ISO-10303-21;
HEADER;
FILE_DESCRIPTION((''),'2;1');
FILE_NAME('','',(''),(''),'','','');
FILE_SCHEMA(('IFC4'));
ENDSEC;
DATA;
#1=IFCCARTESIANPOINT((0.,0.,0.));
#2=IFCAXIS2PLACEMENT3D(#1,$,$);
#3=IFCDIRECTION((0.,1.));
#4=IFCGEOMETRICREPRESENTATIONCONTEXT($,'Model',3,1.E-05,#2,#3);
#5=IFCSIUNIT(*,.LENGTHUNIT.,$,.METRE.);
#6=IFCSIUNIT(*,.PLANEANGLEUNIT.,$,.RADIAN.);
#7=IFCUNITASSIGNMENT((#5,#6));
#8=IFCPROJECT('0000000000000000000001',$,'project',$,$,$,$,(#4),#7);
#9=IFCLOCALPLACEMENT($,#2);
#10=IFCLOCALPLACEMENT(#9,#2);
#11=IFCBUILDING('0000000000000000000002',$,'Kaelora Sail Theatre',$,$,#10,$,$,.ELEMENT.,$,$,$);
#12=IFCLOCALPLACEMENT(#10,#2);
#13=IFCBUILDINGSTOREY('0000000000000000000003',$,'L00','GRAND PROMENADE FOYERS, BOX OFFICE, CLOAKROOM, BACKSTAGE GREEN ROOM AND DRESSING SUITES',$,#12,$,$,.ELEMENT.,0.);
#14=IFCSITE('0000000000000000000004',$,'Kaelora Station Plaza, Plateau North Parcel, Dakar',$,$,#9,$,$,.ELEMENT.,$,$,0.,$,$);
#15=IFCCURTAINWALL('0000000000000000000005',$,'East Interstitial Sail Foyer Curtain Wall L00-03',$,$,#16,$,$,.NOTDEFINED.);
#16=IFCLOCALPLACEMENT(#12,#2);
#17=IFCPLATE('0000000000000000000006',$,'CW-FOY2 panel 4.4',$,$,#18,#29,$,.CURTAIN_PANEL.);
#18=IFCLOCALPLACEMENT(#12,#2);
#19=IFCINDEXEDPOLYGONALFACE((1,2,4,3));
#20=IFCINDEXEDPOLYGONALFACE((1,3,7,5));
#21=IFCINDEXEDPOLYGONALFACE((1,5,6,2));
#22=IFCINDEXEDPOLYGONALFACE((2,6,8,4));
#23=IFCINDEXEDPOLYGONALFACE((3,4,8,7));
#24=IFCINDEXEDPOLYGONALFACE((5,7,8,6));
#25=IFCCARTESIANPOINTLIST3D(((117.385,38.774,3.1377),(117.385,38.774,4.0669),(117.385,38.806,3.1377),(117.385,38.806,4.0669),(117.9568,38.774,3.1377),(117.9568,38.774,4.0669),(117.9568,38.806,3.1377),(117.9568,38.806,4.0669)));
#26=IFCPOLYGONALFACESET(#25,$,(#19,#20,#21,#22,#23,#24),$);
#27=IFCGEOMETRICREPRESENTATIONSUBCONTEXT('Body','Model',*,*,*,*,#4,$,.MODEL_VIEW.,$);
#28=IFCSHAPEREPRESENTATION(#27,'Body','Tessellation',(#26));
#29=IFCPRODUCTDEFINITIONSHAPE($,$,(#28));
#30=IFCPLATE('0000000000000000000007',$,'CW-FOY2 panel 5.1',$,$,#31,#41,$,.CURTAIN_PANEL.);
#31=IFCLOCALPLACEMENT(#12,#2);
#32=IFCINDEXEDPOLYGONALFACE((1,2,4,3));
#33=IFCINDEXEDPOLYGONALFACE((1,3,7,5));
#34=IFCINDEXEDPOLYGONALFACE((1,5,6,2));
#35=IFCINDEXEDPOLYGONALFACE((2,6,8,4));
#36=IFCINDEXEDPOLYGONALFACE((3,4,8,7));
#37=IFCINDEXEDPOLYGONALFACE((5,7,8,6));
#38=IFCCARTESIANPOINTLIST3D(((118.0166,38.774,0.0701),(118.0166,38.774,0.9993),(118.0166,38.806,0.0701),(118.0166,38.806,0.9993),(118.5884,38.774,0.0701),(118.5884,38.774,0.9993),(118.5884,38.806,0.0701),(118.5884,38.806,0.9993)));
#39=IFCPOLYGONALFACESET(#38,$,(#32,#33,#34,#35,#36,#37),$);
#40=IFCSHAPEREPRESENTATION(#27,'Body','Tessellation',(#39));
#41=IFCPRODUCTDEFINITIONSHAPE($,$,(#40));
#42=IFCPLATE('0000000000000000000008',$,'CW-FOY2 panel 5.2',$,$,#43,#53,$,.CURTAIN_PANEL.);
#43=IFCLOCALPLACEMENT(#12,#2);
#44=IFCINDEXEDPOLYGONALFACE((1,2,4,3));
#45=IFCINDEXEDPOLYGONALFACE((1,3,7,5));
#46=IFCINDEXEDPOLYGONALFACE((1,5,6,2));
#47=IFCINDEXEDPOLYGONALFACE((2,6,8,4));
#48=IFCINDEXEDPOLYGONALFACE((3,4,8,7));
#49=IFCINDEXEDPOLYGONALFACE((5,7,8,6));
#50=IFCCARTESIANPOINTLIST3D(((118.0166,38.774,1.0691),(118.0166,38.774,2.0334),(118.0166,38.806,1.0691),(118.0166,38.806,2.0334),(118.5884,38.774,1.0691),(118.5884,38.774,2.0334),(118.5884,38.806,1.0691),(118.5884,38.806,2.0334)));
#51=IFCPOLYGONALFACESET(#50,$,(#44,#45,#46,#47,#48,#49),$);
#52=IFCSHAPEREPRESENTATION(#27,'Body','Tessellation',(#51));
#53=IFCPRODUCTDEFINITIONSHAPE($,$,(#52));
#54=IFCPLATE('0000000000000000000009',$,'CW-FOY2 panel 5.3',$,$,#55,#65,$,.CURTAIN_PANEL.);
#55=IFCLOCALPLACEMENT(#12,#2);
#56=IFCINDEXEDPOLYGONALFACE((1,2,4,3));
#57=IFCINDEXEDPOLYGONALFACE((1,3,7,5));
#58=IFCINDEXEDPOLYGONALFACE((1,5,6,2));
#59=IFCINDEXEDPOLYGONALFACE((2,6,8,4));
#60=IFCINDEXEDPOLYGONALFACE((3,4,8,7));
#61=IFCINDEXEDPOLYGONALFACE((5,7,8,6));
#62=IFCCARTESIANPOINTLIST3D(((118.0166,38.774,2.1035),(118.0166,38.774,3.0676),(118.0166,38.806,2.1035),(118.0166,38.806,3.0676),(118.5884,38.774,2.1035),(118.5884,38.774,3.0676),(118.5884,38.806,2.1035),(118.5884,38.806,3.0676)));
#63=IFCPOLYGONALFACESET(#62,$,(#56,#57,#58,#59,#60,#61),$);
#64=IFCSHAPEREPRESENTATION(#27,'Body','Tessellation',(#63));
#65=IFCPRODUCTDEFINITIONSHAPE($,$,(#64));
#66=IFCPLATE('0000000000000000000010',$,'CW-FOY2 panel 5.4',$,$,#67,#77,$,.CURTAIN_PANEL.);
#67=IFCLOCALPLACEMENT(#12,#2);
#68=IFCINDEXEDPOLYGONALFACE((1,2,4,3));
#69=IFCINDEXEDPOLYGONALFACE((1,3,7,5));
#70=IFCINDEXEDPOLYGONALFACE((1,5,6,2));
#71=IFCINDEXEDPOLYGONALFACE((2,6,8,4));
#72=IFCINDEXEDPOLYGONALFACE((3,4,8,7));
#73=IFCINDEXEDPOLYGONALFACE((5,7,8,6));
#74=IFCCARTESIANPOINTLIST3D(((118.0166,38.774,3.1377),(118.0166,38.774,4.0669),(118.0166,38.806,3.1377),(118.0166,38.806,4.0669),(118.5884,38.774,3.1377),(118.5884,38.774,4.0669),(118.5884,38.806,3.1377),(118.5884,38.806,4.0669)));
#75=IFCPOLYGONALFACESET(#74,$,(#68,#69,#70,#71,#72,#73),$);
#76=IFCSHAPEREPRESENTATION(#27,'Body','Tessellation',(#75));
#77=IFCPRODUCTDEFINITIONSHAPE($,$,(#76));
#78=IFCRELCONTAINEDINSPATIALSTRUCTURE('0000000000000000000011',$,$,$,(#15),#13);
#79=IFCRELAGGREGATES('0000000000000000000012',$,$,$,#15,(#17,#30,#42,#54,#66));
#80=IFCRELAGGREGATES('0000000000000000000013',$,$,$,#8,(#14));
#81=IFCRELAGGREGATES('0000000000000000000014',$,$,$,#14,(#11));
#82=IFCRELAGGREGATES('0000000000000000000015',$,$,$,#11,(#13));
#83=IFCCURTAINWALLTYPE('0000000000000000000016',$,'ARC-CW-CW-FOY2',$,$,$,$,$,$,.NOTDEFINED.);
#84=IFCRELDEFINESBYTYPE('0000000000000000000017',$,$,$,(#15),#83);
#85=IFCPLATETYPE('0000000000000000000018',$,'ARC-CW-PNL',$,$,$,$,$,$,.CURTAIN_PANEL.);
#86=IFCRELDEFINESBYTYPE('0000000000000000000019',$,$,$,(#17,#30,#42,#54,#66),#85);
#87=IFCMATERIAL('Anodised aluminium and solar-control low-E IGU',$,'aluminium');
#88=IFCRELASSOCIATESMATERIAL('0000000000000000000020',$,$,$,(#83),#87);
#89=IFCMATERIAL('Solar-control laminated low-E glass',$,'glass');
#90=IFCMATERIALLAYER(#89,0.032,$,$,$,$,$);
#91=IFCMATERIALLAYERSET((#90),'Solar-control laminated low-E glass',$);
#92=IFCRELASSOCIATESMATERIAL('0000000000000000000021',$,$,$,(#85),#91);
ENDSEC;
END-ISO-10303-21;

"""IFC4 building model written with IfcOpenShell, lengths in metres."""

from ifc_helpers import new_model, si_unit, direction, frame, origin, origin_2d, place, context, subcontext, project, spatial, rectangle, extrude, material, layer, layer_set, type_object, element, aggregate, save


model = new_model("IFC4")

# Units and contexts
model_context = context("Model", 3, precision=1e-05, world=origin(), true_north=direction((0.0, 1.0)))
body_context = subcontext(model_context, "Body", "Model", "MODEL_VIEW")
ifc_project = project(units=[si_unit("LENGTHUNIT", "METRE"), si_unit("PLANEANGLEUNIT", "RADIAN")], contexts=[model_context])

# Site, building, storey
site_placement = place(None, origin())
site = spatial("IfcSite", under=ifc_project, at=site_placement, Name="Kaelora Station Plaza, Plateau North Parcel, Dakar", CompositionType="ELEMENT", RefElevation=0.0)
building_placement = place(site_placement, origin())
building = spatial("IfcBuilding", under=site, at=building_placement, Name="Kaelora Sail Theatre", CompositionType="ELEMENT")
storey_placement = place(building_placement, origin())
storey = spatial("IfcBuildingStorey", under=building, at=storey_placement, Name="L00", Description="GRAND PROMENADE FOYERS, BOX OFFICE, CLOAKROOM, BACKSTAGE GREEN ROOM AND DRESSING SUITES", CompositionType="ELEMENT", Elevation=0.0)

# Curtain wall, plates
ifc_material_1 = material(Name="Anodised aluminium and solar-control low-E IGU", Category="aluminium")
curtain_wall_type = type_object("IfcCurtainWallType", Name="ARC-CW-CW-FOY2", PredefinedType="NOTDEFINED", material=ifc_material_1)
curtain_wall_placement = place(storey_placement, origin())
curtain_wall = element("IfcCurtainWall", 1, at=curtain_wall_placement, inside=storey, type_object=curtain_wall_type, Name="East Interstitial Sail Foyer Curtain Wall L00-03", PredefinedType="NOTDEFINED")
ifc_material_2 = material(Name="Solar-control laminated low-E glass", Category="glass")
ifc_layer = layer(ifc_material_2, 0.032)
ifc_layer_set = layer_set([ifc_layer], Name="Solar-control laminated low-E glass")
plate_type = type_object("IfcPlateType", Name="ARC-CW-PNL", PredefinedType="CURTAIN_PANEL", material=ifc_layer_set)
plate_1_placement = place(storey_placement, frame((117.6709, 38.79, 3.1377), z_axis=(0.0, 0.0, 1.0), x_axis=(1.0, 0.0, 0.0)))
plate_1 = element("IfcPlate", 2, at=plate_1_placement, type_object=plate_type, Name="CW-FOY2 panel 4.4", PredefinedType="CURTAIN_PANEL", context=body_context, shape_type="SweptSolid", body=[
    extrude(rectangle(XDim=0.5718, YDim=0.032, at=origin_2d()), origin(), (0.0, 0.0, 1.0), 0.9292),
])
plate_2_placement = place(storey_placement, frame((118.3025, 38.79, 0.0701), z_axis=(0.0, 0.0, 1.0), x_axis=(1.0, 0.0, 0.0)))
plate_2 = element("IfcPlate", 3, at=plate_2_placement, type_object=plate_type, Name="CW-FOY2 panel 5.1", PredefinedType="CURTAIN_PANEL", context=body_context, shape_type="SweptSolid", body=[
    extrude(rectangle(XDim=0.5718, YDim=0.032, at=origin_2d()), origin(), (0.0, 0.0, 1.0), 0.9292),
])
plate_3_placement = place(storey_placement, frame((118.3025, 38.79, 1.0691), z_axis=(0.0, 0.0, 1.0), x_axis=(1.0, 0.0, 0.0)))
plate_3 = element("IfcPlate", 4, at=plate_3_placement, type_object=plate_type, Name="CW-FOY2 panel 5.2", PredefinedType="CURTAIN_PANEL", context=body_context, shape_type="SweptSolid", body=[
    extrude(rectangle(XDim=0.5718, YDim=0.032, at=origin_2d()), origin(), (0.0, 0.0, 1.0), 0.9644),
])
plate_4_placement = place(storey_placement, frame((118.3025, 38.79, 2.1035), z_axis=(0.0, 0.0, 1.0), x_axis=(1.0, 0.0, 0.0)))
plate_4 = element("IfcPlate", 5, at=plate_4_placement, type_object=plate_type, Name="CW-FOY2 panel 5.3", PredefinedType="CURTAIN_PANEL", context=body_context, shape_type="SweptSolid", body=[
    extrude(rectangle(XDim=0.5718, YDim=0.032, at=origin_2d()), origin(), (0.0, 0.0, 1.0), 0.9641),
])
plate_5_placement = place(storey_placement, frame((118.3025, 38.79, 3.1377), z_axis=(0.0, 0.0, 1.0), x_axis=(1.0, 0.0, 0.0)))
plate_5 = element("IfcPlate", 6, at=plate_5_placement, type_object=plate_type, Name="CW-FOY2 panel 5.4", PredefinedType="CURTAIN_PANEL", context=body_context, shape_type="SweptSolid", body=[
    extrude(rectangle(XDim=0.5718, YDim=0.032, at=origin_2d()), origin(), (0.0, 0.0, 1.0), 0.9292),
])
aggregate(curtain_wall, [plate_1, plate_2, plate_3, plate_4, plate_5])

save(model, "model.ifc")
